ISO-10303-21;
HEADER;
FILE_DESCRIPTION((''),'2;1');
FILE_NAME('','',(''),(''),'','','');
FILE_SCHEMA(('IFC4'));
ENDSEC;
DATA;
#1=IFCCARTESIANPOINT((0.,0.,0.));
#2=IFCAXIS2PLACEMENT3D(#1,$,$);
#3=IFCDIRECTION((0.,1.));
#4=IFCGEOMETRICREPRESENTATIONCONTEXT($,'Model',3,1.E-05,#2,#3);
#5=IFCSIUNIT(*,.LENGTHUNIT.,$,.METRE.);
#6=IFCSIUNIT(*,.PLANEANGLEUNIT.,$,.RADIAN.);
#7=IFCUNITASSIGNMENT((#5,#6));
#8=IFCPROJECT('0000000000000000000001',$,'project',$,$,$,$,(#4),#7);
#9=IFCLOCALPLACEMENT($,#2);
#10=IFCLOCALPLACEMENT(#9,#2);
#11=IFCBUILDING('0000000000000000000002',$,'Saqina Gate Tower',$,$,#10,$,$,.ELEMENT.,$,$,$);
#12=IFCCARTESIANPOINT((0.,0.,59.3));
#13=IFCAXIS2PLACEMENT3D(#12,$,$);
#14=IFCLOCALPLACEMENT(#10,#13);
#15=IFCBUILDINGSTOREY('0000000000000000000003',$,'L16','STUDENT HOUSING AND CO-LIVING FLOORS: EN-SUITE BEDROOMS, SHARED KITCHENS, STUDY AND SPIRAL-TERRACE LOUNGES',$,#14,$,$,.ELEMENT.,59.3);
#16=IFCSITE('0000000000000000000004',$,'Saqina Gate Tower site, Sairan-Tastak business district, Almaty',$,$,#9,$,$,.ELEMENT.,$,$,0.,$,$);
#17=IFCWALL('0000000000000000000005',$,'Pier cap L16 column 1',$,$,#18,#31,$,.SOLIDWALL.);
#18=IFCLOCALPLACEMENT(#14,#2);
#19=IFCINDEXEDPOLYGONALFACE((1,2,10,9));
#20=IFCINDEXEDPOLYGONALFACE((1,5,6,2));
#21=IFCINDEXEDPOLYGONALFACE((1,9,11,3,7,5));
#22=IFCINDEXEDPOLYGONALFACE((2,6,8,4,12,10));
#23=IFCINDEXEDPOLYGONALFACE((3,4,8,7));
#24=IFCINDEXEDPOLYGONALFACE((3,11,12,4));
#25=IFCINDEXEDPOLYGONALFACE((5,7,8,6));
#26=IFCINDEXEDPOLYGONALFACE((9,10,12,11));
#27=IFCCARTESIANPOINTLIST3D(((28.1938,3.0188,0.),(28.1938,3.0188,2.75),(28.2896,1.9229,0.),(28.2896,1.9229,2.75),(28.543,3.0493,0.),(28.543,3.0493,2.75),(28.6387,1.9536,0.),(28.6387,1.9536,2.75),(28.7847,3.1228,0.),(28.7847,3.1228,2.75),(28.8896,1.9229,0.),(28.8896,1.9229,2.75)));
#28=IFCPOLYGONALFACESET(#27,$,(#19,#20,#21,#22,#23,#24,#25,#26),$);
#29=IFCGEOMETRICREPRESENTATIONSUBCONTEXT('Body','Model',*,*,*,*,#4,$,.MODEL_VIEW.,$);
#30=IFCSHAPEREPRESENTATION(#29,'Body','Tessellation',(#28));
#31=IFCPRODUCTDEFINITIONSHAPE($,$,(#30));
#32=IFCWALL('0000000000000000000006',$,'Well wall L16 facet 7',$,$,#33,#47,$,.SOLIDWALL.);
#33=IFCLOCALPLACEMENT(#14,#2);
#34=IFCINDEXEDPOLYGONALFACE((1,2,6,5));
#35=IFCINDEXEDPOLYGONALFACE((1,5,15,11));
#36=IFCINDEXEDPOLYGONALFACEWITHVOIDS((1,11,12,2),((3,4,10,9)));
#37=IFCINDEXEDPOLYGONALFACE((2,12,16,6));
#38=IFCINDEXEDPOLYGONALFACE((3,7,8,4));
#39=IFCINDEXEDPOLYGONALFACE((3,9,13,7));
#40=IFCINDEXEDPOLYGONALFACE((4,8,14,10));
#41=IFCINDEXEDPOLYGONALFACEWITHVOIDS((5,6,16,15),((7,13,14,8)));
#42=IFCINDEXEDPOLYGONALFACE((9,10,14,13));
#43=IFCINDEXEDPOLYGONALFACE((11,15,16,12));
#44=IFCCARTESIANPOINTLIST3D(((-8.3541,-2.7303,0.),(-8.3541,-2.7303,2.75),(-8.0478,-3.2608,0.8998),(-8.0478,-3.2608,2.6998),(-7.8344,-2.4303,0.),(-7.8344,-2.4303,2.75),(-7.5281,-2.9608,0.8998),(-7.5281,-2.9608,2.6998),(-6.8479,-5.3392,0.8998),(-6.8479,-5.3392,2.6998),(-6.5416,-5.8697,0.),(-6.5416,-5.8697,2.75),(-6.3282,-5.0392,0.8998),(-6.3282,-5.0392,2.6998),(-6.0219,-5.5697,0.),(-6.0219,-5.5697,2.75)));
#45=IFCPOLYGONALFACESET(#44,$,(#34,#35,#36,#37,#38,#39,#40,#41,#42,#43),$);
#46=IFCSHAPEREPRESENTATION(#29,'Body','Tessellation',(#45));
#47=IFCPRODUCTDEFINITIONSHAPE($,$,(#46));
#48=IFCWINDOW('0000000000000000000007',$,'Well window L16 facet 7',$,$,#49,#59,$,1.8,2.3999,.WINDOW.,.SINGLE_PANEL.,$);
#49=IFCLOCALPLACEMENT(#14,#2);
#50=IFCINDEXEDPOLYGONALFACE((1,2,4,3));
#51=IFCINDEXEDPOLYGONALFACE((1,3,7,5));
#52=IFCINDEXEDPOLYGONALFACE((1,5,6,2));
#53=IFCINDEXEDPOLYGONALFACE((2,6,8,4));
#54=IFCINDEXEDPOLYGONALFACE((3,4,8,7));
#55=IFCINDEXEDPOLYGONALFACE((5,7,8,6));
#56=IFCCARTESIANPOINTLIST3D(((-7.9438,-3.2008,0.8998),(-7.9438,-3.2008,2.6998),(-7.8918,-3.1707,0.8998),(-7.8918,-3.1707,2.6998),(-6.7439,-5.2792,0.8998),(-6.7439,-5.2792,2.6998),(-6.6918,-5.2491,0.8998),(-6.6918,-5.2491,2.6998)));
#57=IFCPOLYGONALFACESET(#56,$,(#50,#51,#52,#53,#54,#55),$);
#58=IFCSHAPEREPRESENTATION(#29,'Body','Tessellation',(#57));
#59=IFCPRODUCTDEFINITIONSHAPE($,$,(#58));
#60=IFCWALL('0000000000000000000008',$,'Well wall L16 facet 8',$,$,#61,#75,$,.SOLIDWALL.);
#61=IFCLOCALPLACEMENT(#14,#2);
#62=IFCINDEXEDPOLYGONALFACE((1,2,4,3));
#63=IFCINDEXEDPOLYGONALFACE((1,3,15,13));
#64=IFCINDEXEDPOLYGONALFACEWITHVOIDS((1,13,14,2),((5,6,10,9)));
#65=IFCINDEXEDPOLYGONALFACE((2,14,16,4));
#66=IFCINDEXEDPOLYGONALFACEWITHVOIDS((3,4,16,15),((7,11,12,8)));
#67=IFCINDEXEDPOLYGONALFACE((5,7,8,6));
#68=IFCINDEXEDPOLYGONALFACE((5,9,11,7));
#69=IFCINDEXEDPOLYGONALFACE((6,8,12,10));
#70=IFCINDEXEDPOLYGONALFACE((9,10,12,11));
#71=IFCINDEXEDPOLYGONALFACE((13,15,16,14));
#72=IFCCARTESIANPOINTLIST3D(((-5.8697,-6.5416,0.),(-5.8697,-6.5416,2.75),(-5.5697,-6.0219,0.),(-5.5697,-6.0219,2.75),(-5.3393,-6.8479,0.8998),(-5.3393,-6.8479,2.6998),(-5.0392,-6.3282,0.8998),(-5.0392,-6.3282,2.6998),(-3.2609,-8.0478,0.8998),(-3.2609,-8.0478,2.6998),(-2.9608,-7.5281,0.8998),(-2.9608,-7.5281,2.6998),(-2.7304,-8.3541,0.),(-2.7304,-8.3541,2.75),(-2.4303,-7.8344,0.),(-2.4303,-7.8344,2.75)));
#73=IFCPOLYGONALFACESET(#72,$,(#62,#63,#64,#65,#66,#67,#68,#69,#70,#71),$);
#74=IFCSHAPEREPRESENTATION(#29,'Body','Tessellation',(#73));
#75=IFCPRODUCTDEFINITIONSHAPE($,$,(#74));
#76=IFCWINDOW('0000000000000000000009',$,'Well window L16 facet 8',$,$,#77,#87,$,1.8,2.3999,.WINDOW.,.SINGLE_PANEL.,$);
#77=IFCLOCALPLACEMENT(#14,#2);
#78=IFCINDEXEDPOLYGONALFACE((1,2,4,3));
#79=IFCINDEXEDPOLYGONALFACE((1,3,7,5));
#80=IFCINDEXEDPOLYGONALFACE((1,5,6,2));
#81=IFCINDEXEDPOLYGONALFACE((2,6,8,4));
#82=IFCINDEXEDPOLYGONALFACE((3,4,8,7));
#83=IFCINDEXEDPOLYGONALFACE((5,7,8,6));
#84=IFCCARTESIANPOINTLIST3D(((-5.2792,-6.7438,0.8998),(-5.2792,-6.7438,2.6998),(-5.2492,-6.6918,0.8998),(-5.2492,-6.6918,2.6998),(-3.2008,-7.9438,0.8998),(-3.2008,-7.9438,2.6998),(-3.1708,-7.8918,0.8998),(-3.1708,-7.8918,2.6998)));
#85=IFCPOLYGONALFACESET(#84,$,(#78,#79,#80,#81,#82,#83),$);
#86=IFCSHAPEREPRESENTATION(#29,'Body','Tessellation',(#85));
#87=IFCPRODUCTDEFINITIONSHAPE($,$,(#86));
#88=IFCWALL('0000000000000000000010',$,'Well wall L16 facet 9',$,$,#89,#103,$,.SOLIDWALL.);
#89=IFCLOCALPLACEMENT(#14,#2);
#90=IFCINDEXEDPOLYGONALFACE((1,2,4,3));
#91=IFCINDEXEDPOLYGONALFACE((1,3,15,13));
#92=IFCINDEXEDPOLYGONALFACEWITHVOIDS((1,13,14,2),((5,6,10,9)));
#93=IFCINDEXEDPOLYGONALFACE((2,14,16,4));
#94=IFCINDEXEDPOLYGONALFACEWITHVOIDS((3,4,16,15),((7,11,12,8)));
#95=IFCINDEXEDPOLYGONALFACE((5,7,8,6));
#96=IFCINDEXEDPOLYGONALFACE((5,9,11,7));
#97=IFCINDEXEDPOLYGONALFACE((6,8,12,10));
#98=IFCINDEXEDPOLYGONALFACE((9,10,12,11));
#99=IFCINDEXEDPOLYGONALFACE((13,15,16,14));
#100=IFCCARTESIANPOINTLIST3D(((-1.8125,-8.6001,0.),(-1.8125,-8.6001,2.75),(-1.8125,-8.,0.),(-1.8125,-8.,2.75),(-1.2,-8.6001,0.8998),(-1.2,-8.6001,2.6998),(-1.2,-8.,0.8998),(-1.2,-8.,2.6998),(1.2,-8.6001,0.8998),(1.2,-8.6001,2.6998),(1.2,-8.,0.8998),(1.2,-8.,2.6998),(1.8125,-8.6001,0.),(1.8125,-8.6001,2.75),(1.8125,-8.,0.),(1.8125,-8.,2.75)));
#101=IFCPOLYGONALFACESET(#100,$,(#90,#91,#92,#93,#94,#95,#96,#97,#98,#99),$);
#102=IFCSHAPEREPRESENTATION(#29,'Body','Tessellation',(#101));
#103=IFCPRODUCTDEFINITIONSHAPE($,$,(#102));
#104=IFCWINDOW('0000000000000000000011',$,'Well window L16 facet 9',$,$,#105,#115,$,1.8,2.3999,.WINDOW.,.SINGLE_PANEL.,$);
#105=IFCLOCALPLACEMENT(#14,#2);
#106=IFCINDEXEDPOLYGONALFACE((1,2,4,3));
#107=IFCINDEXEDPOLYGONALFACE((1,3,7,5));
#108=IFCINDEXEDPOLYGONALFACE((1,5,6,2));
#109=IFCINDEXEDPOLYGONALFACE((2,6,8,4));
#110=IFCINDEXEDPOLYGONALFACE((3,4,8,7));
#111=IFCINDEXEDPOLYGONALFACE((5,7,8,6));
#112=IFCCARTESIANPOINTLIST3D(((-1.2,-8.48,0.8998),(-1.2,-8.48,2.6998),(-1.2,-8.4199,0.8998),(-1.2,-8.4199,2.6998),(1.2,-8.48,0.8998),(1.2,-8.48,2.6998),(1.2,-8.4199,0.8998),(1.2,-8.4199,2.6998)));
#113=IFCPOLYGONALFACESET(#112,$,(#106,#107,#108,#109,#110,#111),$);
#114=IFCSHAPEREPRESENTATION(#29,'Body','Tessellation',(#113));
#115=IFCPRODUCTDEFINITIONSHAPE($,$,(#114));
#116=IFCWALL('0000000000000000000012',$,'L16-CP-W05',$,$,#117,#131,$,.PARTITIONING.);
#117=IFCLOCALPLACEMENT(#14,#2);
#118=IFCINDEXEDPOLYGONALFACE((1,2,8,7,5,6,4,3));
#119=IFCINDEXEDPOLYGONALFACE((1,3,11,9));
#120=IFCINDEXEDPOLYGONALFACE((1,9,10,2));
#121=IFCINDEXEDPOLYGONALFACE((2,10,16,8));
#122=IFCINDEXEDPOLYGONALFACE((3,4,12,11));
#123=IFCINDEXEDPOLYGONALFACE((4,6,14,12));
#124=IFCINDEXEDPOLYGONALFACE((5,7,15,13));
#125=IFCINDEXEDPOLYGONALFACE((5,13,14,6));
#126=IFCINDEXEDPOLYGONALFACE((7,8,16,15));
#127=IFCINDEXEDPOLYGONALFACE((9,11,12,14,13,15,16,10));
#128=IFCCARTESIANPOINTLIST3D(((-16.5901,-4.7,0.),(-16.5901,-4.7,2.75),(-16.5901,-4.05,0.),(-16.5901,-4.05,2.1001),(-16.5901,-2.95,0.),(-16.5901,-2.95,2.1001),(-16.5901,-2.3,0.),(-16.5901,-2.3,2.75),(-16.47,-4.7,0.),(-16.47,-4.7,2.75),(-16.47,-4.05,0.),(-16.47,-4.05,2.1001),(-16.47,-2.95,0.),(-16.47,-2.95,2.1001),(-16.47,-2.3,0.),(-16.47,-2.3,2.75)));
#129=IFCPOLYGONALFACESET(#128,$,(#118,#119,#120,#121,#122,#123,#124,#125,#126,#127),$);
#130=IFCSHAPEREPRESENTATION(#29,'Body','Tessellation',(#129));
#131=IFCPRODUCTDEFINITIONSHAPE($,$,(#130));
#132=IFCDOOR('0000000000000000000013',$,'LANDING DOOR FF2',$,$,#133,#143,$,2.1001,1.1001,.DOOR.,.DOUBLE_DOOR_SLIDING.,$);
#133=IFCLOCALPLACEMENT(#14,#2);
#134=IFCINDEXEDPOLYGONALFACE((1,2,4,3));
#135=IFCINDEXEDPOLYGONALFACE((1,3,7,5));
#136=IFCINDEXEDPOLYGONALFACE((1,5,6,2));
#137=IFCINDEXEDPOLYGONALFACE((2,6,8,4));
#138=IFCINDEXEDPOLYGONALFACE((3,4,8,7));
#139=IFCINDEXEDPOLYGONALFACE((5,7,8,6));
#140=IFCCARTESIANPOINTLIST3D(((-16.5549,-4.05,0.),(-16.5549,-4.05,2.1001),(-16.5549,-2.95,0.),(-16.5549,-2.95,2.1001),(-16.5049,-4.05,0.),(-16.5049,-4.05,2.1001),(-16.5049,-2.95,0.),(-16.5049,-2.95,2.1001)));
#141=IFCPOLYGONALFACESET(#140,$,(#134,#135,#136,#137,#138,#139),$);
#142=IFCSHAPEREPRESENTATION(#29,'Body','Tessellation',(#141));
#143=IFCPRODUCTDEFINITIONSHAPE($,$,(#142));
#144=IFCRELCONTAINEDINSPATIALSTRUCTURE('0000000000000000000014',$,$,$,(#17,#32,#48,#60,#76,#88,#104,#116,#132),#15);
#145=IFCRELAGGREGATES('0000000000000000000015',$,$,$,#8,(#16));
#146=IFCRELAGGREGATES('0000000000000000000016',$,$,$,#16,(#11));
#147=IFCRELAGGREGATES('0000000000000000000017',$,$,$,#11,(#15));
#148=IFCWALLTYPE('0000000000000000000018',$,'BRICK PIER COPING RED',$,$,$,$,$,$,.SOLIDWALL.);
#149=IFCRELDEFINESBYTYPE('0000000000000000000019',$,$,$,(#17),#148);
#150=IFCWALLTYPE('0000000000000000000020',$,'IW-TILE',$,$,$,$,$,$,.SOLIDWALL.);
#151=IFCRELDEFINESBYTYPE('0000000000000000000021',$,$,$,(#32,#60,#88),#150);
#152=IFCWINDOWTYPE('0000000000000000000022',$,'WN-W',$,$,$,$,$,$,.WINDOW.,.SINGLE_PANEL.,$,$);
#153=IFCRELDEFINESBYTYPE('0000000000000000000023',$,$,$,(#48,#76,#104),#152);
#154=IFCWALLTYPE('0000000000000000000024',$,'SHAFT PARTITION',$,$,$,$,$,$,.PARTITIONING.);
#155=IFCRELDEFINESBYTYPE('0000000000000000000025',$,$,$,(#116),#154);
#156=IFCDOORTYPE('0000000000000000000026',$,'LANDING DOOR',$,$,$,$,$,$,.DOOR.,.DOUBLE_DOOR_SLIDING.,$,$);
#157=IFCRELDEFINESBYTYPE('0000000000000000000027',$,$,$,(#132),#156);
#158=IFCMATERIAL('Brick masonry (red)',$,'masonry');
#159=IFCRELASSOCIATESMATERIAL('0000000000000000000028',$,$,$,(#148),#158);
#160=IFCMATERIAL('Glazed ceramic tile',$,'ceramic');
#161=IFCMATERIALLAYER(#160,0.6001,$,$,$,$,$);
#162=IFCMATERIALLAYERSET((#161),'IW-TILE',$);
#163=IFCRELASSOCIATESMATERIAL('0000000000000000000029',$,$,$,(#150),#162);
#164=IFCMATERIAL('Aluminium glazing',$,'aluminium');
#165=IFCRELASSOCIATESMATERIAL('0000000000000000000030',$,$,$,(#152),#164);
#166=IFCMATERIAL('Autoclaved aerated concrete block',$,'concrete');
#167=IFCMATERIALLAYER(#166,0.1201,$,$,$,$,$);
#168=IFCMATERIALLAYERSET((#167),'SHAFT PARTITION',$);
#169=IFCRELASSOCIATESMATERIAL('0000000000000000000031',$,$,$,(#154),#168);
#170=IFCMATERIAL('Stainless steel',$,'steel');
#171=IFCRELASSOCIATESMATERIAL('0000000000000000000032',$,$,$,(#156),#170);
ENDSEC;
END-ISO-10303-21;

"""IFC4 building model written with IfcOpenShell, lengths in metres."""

from ifc_helpers import new_model, si_unit, direction, frame, frame_2d, origin, place, context, subcontext, project, spatial, polyline, rectangle, outline, extrude, material, layer, layer_set, type_object, element, fill, save


model = new_model("IFC4")

# Units and contexts
model_context = context("Model", 3, precision=1e-05, world=origin(), true_north=direction((0.0, 1.0)))
body_context = subcontext(model_context, "Body", "Model", "MODEL_VIEW")
ifc_project = project(units=[si_unit("LENGTHUNIT", "METRE"), si_unit("PLANEANGLEUNIT", "RADIAN")], contexts=[model_context])

# Site, building, storey
site_placement = place(None, origin())
site = spatial("IfcSite", under=ifc_project, at=site_placement, Name="Saqina Gate Tower site, Sairan-Tastak business district, Almaty", CompositionType="ELEMENT", RefElevation=0.0)
building_placement = place(site_placement, origin())
building = spatial("IfcBuilding", under=site, at=building_placement, Name="Saqina Gate Tower", CompositionType="ELEMENT")
storey_placement = place(building_placement, frame((0.0, 0.0, 59.3)))
storey = spatial("IfcBuildingStorey", under=building, at=storey_placement, Name="L16", Description="STUDENT HOUSING AND CO-LIVING FLOORS: EN-SUITE BEDROOMS, SHARED KITCHENS, STUDY AND SPIRAL-TERRACE LOUNGES", CompositionType="ELEMENT", Elevation=59.3)

# Wall
ifc_material_1 = material(Name="Brick masonry (red)", Category="masonry")
wall_type_1 = type_object("IfcWallType", Name="BRICK PIER COPING RED", PredefinedType="SOLIDWALL", material=ifc_material_1)
wall_1_placement = place(storey_placement, origin())
element("IfcWall", 1, at=wall_1_placement, inside=storey, type_object=wall_type_1, Name="Pier cap L16 column 1", PredefinedType="SOLIDWALL", context=body_context, shape_type="SweptSolid", body=[
    extrude(outline(polyline([(28.8896, 1.9229), (28.7847, 3.1228), (28.1938, 3.0188), (28.543, 3.0493), (28.6387, 1.9536), (28.2896, 1.9229), (28.8896, 1.9229)])), origin(), (0.0, 0.0, 1.0), 2.75),
])

# Walls, openings, windows
ifc_material_2 = material(Name="Glazed ceramic tile", Category="ceramic")
ifc_layer_1 = layer(ifc_material_2, 0.6001)
ifc_layer_set_1 = layer_set([ifc_layer_1], Name="IW-TILE")
wall_type_2 = type_object("IfcWallType", Name="IW-TILE", PredefinedType="SOLIDWALL", material=ifc_layer_set_1)
wall_2_placement = place(storey_placement, frame((-8.0942, -2.5803, 0.0), z_axis=(0.0, 0.0, 1.0), x_axis=(0.499993, -0.86603, 0.0)))
wall_2 = element("IfcWall", 2, at=wall_2_placement, inside=storey, type_object=wall_type_2, Name="Well wall L16 facet 7", PredefinedType="SOLIDWALL", context=body_context, shape_type="SweptSolid", body=[
    extrude(rectangle(XDim=3.625, YDim=0.6001, at=frame_2d((1.8125, 0.0))), origin(), (0.0, 0.0, 1.0), 2.75),
])
opening_1_placement = place(wall_2_placement, frame((0.6125, 0.0, 0.8999)))
opening_1 = element("IfcOpeningElement", 3, at=opening_1_placement, cuts=wall_2, PredefinedType="OPENING", context=body_context, shape_type="SweptSolid", body=[
    extrude(rectangle(XDim=2.3999, YDim=1.8, at=frame_2d((1.2, 0.8999))), frame((0.0, 0.312, 0.0), z_axis=(0.0, -1.0, 0.0), x_axis=(1.0, 0.0, 0.0)), (0.0, 0.0, 1.0), 0.624),
])
ifc_material_3 = material(Name="Aluminium glazing", Category="aluminium")
window_type = type_object("IfcWindowType", Name="WN-W", PartitioningType="SINGLE_PANEL", PredefinedType="WINDOW", material=ifc_material_3)
window_1_placement = place(opening_1_placement, origin())
window_1 = element("IfcWindow", 4, at=window_1_placement, inside=storey, type_object=window_type, Name="Well window L16 facet 7", OverallHeight=1.8, OverallWidth=2.3999, PartitioningType="SINGLE_PANEL", PredefinedType="WINDOW", context=body_context, shape_type="SweptSolid", body=[
    extrude(rectangle(XDim=2.3999, YDim=1.8, at=frame_2d((1.2, 0.8999))), frame((0.0, -0.1199, 0.0), z_axis=(0.0, -1.0, 0.0), x_axis=(1.0, 0.0, 0.0)), (0.0, 0.0, 1.0), 0.0601),
])
fill(opening_1, window_1)
wall_3_placement = place(storey_placement, frame((-5.7197, -6.2817, 0.0), z_axis=(0.0, 0.0, 1.0), x_axis=(0.86603, -0.499993, 0.0)))
wall_3 = element("IfcWall", 5, at=wall_3_placement, inside=storey, type_object=wall_type_2, Name="Well wall L16 facet 8", PredefinedType="SOLIDWALL", context=body_context, shape_type="SweptSolid", body=[
    extrude(rectangle(XDim=3.625, YDim=0.6001, at=frame_2d((1.8125, 0.0))), origin(), (0.0, 0.0, 1.0), 2.75),
])
opening_2_placement = place(wall_3_placement, frame((0.6125, 0.0, 0.8999)))
opening_2 = element("IfcOpeningElement", 6, at=opening_2_placement, cuts=wall_3, PredefinedType="OPENING", context=body_context, shape_type="SweptSolid", body=[
    extrude(rectangle(XDim=2.3999, YDim=1.8, at=frame_2d((1.2, 0.8999))), frame((0.0, 0.312, 0.0), z_axis=(0.0, -1.0, 0.0), x_axis=(1.0, 0.0, 0.0)), (0.0, 0.0, 1.0), 0.624),
])
window_2_placement = place(opening_2_placement, origin())
window_2 = element("IfcWindow", 7, at=window_2_placement, inside=storey, type_object=window_type, Name="Well window L16 facet 8", OverallHeight=1.8, OverallWidth=2.3999, PartitioningType="SINGLE_PANEL", PredefinedType="WINDOW", context=body_context, shape_type="SweptSolid", body=[
    extrude(rectangle(XDim=2.3999, YDim=1.8, at=frame_2d((1.2, 0.8999))), frame((0.0, -0.1199, 0.0), z_axis=(0.0, -1.0, 0.0), x_axis=(1.0, 0.0, 0.0)), (0.0, 0.0, 1.0), 0.0601),
])
fill(opening_2, window_2)
wall_4_placement = place(storey_placement, frame((-1.8125, -8.3, 0.0), z_axis=(0.0, 0.0, 1.0), x_axis=(1.0, 0.0, 0.0)))
wall_4 = element("IfcWall", 8, at=wall_4_placement, inside=storey, type_object=wall_type_2, Name="Well wall L16 facet 9", PredefinedType="SOLIDWALL", context=body_context, shape_type="SweptSolid", body=[
    extrude(rectangle(XDim=3.625, YDim=0.6001, at=frame_2d((1.8125, 0.0))), origin(), (0.0, 0.0, 1.0), 2.75),
])
opening_3_placement = place(wall_4_placement, frame((0.6125, 0.0, 0.8999)))
opening_3 = element("IfcOpeningElement", 9, at=opening_3_placement, cuts=wall_4, PredefinedType="OPENING", context=body_context, shape_type="SweptSolid", body=[
    extrude(rectangle(XDim=2.3999, YDim=1.8, at=frame_2d((1.2, 0.8999))), frame((0.0, 0.312, 0.0), z_axis=(0.0, -1.0, 0.0), x_axis=(1.0, 0.0, 0.0)), (0.0, 0.0, 1.0), 0.624),
])
window_3_placement = place(opening_3_placement, origin())
window_3 = element("IfcWindow", 10, at=window_3_placement, inside=storey, type_object=window_type, Name="Well window L16 facet 9", OverallHeight=1.8, OverallWidth=2.3999, PartitioningType="SINGLE_PANEL", PredefinedType="WINDOW", context=body_context, shape_type="SweptSolid", body=[
    extrude(rectangle(XDim=2.3999, YDim=1.8, at=frame_2d((1.2, 0.8999))), frame((0.0, -0.1199, 0.0), z_axis=(0.0, -1.0, 0.0), x_axis=(1.0, 0.0, 0.0)), (0.0, 0.0, 1.0), 0.0601),
])
fill(opening_3, window_3)

# Wall, opening, door
ifc_material_4 = material(Name="Autoclaved aerated concrete block", Category="concrete")
ifc_layer_2 = layer(ifc_material_4, 0.1201)
ifc_layer_set_2 = layer_set([ifc_layer_2], Name="SHAFT PARTITION")
wall_type_3 = type_object("IfcWallType", Name="SHAFT PARTITION", PredefinedType="PARTITIONING", material=ifc_layer_set_2)
wall_5_placement = place(storey_placement, frame((-16.53, -4.7, 0.0), z_axis=(0.0, 0.0, 1.0), x_axis=(0.0, 1.0, 0.0)))
wall_5 = element("IfcWall", 11, at=wall_5_placement, inside=storey, type_object=wall_type_3, Name="L16-CP-W05", PredefinedType="PARTITIONING", context=body_context, shape_type="SweptSolid", body=[
    extrude(rectangle(XDim=2.3999, YDim=0.1201, at=frame_2d((1.2, 0.0))), origin(), (0.0, 0.0, 1.0), 2.75),
])
opening_4_placement = place(wall_5_placement, frame((0.6499, 0.0, 0.0)))
opening_4 = element("IfcOpeningElement", 12, at=opening_4_placement, cuts=wall_5, PredefinedType="OPENING", context=body_context, shape_type="SweptSolid", body=[
    extrude(rectangle(XDim=1.1001, YDim=2.1001, at=frame_2d((0.55, 1.05))), frame((0.0, 0.072, 0.0), z_axis=(0.0, -1.0, 0.0), x_axis=(1.0, 0.0, 0.0)), (0.0, 0.0, 1.0), 0.144),
])
ifc_material_5 = material(Name="Stainless steel", Category="steel")
door_type_1 = type_object("IfcDoorType", Name="LANDING DOOR", OperationType="DOUBLE_DOOR_SLIDING", PredefinedType="DOOR", material=ifc_material_5)
door_1_placement = place(opening_4_placement, origin())
door_1 = element("IfcDoor", 13, at=door_1_placement, inside=storey, type_object=door_type_1, Name="LANDING DOOR FF2", OperationType="DOUBLE_DOOR_SLIDING", OverallHeight=2.1001, OverallWidth=1.1001, PredefinedType="DOOR", context=body_context, shape_type="SweptSolid", body=[
    extrude(rectangle(XDim=1.1001, YDim=2.1001, at=frame_2d((0.55, 1.05))), frame((0.0, 0.0249, 0.0), z_axis=(0.0, -1.0, 0.0), x_axis=(1.0, 0.0, 0.0)), (0.0, 0.0, 1.0), 0.05),
])
fill(opening_4, door_1)

save(model, "model.ifc")
